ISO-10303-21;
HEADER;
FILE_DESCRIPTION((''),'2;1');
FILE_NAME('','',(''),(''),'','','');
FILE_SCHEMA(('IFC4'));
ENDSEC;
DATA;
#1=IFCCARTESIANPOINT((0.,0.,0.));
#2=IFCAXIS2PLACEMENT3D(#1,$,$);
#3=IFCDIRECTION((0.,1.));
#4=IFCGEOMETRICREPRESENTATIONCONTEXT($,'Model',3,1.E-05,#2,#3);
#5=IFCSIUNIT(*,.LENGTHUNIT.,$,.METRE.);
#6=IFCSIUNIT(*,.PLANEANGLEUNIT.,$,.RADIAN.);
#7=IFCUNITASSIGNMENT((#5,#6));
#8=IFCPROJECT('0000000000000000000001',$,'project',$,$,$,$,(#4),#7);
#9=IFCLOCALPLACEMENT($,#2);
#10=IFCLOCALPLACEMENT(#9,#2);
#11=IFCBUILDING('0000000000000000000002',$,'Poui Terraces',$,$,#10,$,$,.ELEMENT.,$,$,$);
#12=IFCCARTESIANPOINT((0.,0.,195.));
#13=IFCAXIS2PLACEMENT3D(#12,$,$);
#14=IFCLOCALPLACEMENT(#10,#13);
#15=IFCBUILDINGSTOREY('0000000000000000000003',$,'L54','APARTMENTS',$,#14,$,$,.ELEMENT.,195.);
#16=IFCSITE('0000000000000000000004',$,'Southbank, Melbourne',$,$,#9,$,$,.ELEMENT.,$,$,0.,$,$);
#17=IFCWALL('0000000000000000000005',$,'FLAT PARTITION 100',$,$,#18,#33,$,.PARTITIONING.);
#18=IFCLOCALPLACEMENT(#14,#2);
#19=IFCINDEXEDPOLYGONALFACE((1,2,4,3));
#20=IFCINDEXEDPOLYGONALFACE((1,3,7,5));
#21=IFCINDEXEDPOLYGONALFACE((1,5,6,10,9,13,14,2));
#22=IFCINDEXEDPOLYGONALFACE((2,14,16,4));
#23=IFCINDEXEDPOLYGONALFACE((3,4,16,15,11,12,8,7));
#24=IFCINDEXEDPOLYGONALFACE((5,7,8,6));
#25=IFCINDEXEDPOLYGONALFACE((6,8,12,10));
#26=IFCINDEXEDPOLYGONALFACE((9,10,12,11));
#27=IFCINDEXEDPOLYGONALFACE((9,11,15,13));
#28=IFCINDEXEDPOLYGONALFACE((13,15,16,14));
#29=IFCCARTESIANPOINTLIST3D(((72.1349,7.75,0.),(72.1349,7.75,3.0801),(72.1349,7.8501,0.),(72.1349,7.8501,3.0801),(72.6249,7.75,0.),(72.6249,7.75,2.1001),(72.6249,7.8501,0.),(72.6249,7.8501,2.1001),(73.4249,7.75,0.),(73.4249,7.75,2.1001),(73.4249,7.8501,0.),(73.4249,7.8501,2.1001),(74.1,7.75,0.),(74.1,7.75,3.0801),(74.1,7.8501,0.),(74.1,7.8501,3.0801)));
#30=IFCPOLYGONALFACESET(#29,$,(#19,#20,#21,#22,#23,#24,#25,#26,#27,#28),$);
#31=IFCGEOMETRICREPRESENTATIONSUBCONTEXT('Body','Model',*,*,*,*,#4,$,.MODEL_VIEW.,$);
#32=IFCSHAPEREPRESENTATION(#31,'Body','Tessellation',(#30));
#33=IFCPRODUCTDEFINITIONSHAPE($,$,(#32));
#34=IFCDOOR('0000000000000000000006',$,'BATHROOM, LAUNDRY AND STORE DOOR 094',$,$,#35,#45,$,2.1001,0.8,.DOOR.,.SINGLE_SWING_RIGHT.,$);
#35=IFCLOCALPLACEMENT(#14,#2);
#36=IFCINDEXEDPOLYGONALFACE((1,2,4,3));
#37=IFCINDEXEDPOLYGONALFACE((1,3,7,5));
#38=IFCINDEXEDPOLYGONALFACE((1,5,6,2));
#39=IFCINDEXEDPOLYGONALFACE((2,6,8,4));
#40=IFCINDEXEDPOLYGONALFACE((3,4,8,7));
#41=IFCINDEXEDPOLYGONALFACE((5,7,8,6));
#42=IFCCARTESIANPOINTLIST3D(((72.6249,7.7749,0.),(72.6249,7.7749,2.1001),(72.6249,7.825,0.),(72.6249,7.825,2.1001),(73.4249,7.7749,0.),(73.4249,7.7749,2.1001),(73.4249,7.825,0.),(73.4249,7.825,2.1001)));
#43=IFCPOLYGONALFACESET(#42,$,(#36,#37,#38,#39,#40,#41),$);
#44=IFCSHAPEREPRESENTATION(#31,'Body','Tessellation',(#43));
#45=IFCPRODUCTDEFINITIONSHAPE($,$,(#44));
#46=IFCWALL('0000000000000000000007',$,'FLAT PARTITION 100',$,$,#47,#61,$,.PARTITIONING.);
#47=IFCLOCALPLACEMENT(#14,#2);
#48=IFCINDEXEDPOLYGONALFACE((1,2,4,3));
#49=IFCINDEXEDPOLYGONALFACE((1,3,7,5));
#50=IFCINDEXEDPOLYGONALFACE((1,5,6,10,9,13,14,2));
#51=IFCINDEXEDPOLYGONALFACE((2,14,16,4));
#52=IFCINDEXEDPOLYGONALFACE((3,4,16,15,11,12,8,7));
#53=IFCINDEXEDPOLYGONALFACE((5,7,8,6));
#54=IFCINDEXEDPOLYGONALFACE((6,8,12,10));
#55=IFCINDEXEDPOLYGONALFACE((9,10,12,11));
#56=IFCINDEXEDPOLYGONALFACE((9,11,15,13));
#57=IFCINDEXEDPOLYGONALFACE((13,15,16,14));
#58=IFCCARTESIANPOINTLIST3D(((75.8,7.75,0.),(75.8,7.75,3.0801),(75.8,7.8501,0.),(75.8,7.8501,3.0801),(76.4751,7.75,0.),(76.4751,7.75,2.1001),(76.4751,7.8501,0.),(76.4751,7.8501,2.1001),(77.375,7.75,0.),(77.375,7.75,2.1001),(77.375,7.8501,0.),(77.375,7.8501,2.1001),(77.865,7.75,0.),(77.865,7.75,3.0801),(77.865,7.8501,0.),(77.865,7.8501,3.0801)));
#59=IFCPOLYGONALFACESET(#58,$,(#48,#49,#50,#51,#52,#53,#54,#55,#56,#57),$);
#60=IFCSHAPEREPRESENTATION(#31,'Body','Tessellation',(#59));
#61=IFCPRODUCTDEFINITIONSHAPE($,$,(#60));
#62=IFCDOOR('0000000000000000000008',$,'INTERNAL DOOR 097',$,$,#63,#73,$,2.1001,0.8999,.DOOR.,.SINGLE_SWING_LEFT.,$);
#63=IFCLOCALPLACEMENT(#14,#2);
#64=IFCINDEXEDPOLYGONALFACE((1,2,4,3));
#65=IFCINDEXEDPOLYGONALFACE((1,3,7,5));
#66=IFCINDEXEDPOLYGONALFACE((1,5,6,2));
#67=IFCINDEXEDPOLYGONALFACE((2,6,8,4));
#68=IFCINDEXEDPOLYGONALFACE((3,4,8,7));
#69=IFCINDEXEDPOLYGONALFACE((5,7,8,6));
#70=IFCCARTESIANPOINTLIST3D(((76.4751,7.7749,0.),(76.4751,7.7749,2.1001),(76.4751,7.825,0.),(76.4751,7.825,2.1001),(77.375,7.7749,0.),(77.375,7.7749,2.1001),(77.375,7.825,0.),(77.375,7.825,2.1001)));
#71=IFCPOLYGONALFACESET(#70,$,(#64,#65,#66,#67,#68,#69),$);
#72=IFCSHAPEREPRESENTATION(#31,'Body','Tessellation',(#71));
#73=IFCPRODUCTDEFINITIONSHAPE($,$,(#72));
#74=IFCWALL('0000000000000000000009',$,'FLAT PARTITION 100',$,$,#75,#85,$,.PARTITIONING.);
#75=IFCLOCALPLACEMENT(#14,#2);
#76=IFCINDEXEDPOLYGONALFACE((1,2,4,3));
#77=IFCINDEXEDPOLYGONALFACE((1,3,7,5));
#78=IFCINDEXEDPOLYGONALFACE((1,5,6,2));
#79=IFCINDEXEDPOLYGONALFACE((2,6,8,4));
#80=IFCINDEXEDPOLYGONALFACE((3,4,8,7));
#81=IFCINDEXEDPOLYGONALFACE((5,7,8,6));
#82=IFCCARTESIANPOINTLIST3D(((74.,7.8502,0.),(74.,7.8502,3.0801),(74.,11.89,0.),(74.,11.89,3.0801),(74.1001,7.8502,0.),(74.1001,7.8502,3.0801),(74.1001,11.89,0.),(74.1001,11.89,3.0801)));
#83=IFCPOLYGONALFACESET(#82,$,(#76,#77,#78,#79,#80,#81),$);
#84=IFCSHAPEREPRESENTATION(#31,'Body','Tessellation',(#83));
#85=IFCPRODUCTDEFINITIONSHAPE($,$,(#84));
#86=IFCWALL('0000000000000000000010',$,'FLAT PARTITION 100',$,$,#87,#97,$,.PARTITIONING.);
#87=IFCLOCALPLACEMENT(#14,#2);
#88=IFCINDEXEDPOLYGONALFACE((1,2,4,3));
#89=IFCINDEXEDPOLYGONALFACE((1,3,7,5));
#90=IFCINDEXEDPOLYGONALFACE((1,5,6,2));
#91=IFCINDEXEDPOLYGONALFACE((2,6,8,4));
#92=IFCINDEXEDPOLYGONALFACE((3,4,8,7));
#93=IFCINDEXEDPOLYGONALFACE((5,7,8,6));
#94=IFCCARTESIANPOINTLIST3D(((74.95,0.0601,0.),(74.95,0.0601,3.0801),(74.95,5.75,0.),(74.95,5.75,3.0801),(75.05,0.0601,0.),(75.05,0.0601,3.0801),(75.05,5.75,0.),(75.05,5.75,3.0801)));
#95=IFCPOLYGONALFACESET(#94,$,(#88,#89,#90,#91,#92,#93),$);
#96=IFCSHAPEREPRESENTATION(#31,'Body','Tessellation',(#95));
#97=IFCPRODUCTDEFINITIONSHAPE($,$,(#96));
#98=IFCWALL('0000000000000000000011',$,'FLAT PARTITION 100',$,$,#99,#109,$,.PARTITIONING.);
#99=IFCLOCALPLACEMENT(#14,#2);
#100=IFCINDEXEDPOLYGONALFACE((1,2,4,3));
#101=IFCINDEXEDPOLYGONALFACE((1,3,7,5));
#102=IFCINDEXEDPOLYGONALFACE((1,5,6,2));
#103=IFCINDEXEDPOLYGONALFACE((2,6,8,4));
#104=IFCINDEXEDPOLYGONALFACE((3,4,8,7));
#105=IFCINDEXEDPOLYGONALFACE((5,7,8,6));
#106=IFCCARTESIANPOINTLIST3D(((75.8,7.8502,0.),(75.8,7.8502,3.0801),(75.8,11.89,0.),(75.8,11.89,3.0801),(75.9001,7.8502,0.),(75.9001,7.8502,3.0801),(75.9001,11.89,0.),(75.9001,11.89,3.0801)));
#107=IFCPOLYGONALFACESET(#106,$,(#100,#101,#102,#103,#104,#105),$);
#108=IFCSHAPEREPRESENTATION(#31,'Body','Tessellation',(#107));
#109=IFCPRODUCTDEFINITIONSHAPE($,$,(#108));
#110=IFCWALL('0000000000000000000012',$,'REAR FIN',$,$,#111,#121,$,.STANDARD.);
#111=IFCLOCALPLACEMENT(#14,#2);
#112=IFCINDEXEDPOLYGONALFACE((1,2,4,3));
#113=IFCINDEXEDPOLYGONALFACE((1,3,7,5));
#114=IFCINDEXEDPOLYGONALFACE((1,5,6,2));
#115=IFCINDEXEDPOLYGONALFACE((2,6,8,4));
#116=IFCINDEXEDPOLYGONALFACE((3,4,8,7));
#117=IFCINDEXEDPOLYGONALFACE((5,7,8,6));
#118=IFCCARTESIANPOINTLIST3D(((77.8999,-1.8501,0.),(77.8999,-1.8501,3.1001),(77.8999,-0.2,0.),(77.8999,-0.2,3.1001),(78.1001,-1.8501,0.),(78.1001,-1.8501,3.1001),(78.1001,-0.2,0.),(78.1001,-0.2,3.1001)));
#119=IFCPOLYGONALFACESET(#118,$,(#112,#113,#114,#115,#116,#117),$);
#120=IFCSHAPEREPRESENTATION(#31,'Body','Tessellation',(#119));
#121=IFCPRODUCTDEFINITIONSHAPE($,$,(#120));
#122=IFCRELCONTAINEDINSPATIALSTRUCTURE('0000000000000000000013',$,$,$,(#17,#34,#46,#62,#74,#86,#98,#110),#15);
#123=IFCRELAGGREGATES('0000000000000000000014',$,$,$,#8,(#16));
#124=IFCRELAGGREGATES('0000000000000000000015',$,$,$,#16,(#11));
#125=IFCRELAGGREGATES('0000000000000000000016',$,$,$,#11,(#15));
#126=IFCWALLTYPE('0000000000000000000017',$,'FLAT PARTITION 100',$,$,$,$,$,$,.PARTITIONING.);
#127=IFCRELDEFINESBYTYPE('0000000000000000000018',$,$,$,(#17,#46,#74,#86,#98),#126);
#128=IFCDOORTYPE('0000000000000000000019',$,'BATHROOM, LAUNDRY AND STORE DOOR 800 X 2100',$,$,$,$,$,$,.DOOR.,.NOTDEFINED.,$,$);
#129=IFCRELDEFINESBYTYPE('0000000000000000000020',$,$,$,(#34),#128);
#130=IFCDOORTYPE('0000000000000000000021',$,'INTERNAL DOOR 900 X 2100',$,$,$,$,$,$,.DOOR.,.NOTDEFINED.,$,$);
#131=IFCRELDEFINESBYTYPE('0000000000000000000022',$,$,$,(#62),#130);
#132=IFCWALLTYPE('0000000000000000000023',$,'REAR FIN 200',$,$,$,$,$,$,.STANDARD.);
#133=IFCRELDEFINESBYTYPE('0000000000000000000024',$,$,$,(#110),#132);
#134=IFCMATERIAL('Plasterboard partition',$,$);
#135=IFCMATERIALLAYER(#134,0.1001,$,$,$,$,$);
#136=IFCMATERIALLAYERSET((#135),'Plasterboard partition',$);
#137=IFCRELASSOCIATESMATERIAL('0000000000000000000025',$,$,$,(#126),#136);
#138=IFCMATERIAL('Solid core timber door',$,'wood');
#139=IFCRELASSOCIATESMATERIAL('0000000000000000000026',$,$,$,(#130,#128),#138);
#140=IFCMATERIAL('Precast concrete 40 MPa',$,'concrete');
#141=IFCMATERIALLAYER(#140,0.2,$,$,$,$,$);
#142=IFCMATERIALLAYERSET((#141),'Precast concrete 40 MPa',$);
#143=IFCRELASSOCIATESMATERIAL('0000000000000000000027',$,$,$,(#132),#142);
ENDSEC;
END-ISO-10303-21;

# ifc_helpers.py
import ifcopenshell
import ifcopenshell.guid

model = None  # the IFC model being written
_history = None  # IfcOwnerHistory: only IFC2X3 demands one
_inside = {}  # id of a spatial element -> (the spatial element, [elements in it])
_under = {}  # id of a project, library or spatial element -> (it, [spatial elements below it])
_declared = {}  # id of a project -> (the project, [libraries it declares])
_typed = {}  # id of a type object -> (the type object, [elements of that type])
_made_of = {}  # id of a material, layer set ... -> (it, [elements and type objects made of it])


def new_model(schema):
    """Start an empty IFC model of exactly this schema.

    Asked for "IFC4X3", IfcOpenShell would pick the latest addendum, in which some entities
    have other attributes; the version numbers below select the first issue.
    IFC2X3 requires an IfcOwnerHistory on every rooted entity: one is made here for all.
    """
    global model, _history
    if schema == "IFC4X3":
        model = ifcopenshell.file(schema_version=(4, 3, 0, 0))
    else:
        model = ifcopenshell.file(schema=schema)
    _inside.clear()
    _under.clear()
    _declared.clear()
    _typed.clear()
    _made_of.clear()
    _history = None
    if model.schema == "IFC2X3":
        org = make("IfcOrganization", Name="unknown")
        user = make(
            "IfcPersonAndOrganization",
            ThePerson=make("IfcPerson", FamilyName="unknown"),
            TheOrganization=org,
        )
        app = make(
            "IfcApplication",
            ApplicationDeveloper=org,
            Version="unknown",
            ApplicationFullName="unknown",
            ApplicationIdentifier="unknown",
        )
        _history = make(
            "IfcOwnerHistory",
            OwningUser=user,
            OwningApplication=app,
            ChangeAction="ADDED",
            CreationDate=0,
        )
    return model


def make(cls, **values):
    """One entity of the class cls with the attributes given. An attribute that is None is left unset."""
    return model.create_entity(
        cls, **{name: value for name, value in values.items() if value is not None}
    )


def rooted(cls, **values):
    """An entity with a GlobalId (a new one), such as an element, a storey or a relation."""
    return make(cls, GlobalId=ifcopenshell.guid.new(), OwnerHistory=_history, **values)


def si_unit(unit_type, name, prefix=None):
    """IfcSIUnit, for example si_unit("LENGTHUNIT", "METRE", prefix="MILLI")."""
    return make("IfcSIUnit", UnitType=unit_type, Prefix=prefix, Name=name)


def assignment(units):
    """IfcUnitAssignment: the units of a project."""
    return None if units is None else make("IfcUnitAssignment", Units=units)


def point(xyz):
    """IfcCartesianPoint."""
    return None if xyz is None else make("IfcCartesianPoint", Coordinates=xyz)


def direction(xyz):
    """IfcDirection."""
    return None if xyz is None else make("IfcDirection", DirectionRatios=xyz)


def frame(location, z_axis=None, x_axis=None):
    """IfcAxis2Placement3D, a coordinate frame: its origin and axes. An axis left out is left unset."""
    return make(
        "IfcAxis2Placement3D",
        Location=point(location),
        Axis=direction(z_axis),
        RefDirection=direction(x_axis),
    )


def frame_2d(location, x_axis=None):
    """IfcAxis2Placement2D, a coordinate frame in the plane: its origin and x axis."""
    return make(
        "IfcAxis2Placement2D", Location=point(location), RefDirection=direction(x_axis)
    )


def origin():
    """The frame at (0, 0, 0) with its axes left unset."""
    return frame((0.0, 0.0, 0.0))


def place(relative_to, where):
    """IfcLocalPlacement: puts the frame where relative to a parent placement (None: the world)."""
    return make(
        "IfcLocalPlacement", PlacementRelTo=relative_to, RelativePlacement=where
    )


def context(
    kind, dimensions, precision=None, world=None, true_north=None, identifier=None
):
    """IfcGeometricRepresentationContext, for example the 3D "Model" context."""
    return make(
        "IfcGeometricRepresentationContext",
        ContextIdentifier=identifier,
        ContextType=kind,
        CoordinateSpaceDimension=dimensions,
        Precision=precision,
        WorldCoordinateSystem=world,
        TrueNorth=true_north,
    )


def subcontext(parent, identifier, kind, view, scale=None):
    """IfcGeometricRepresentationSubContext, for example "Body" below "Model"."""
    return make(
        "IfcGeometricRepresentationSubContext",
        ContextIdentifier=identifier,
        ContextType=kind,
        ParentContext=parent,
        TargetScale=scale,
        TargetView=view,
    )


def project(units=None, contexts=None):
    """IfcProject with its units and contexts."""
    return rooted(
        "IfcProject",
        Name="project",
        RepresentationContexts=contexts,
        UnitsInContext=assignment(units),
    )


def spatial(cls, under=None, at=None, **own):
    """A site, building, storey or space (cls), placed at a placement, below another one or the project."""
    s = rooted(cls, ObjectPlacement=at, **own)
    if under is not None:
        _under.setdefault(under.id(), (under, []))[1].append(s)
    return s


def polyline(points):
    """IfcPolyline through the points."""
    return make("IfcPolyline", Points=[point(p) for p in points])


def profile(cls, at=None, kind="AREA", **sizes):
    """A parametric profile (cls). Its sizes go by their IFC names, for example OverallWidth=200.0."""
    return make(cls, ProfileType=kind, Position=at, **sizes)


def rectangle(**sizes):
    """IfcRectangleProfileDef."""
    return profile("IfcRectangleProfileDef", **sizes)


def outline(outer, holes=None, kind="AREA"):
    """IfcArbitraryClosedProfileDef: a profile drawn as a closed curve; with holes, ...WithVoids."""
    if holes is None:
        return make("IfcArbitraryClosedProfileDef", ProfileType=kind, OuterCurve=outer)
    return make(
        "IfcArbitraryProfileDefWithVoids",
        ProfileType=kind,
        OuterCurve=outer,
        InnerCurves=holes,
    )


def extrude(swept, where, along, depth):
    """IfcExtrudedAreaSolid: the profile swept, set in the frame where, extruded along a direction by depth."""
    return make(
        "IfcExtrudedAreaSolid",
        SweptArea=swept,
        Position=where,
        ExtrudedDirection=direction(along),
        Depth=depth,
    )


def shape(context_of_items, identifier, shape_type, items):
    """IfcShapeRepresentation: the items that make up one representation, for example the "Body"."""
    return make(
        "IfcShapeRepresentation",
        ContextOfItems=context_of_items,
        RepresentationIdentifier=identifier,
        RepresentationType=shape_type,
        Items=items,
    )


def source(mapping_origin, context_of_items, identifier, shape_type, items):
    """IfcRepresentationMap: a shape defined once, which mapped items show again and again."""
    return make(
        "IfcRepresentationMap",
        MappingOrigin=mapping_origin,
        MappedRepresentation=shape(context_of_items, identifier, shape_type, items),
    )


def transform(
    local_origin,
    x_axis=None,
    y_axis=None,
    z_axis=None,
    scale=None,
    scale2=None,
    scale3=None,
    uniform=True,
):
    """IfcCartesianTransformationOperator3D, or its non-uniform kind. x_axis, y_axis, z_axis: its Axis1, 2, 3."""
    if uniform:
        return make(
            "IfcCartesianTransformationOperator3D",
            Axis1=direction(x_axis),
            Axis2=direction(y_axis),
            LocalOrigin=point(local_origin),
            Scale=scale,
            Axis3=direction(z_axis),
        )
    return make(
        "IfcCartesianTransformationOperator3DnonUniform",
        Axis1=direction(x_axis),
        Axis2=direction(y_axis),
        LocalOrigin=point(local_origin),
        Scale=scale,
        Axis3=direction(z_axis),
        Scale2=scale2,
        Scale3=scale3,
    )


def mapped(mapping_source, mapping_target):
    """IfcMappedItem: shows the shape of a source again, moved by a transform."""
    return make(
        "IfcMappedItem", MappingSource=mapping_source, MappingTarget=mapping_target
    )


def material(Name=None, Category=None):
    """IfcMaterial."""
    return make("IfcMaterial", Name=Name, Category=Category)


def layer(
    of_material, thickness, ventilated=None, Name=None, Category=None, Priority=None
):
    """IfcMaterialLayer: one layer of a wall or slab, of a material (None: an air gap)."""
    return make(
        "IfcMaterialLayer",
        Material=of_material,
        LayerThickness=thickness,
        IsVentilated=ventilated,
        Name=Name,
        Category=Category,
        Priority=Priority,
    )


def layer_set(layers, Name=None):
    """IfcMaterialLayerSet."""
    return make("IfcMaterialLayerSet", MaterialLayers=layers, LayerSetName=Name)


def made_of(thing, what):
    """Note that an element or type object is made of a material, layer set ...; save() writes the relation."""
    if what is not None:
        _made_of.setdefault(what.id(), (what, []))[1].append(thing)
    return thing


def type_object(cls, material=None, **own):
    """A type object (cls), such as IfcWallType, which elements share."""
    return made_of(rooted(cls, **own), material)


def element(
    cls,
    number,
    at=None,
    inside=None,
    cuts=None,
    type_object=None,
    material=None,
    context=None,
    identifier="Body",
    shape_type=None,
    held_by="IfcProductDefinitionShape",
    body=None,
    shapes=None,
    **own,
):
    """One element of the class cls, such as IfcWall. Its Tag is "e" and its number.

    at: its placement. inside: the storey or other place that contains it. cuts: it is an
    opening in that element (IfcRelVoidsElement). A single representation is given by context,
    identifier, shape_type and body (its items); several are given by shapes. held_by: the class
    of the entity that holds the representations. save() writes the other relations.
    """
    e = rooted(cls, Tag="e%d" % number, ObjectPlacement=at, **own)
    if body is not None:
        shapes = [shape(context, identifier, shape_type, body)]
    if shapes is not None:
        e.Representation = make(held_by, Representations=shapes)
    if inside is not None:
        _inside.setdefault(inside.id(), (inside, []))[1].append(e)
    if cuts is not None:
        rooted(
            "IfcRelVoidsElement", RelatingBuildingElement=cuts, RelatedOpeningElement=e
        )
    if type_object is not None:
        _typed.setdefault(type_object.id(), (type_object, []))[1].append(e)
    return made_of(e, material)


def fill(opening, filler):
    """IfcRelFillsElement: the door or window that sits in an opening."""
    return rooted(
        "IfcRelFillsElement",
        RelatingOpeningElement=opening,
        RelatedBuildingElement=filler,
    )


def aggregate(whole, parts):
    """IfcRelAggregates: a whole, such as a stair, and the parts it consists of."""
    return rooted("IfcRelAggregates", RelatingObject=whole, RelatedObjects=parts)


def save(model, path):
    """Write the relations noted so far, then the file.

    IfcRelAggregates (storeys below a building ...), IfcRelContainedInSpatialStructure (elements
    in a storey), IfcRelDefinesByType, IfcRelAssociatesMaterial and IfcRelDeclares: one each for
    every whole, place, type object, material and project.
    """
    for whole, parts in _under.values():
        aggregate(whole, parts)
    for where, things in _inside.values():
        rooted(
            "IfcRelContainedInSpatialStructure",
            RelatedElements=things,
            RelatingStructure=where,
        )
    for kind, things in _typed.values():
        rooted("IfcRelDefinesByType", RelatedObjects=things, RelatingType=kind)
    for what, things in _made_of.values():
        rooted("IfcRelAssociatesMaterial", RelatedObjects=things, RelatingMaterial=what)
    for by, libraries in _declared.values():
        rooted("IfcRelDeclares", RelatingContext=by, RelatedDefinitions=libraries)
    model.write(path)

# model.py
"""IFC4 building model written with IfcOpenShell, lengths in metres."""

from ifc_helpers import new_model, si_unit, direction, frame, frame_2d, origin, place, context, subcontext, project, spatial, polyline, rectangle, outline, extrude, source, transform, mapped, material, layer, layer_set, type_object, element, fill, save


model = new_model("IFC4")

# Units and contexts
model_context = context("Model", 3, precision=1e-05, world=origin(), true_north=direction((0.0, 1.0)))
body_context = subcontext(model_context, "Body", "Model", "MODEL_VIEW")
ifc_project = project(units=[si_unit("LENGTHUNIT", "METRE"), si_unit("PLANEANGLEUNIT", "RADIAN")], contexts=[model_context])

# Site, building, storey
site_placement = place(None, origin())
site = spatial("IfcSite", under=ifc_project, at=site_placement, Name="Southbank, Melbourne", CompositionType="ELEMENT", RefElevation=0.0)
building_placement = place(site_placement, origin())
building = spatial("IfcBuilding", under=site, at=building_placement, Name="Poui Terraces", CompositionType="ELEMENT")
storey_placement = place(building_placement, frame((0.0, 0.0, 195.0)))
storey = spatial("IfcBuildingStorey", under=building, at=storey_placement, Name="L54", Description="APARTMENTS", CompositionType="ELEMENT", Elevation=195.0)

# Walls, openings, doors
ifc_material_1 = material(Name="Plasterboard partition")
ifc_layer_1 = layer(ifc_material_1, 0.1001)
ifc_layer_set_1 = layer_set([ifc_layer_1], Name="Plasterboard partition")
wall_type_1 = type_object("IfcWallType", Name="FLAT PARTITION 100", PredefinedType="PARTITIONING", material=ifc_layer_set_1)
ifc_material_2 = material(Name="Solid core timber door", Category="wood")
door_type_1 = type_object("IfcDoorType", Name="INTERNAL DOOR 900 X 2100", OperationType="NOTDEFINED", PredefinedType="DOOR", material=ifc_material_2)
wall_1_placement = place(storey_placement, frame((72.135, 7.8, 0.0), z_axis=(0.0, 0.0, 1.0), x_axis=(1.0, 0.0, 0.0)))
wall_1 = element("IfcWall", 1, at=wall_1_placement, inside=storey, type_object=wall_type_1, Name="FLAT PARTITION 100", PredefinedType="PARTITIONING", context=body_context, shape_type="SweptSolid", body=[
    extrude(rectangle(XDim=1.9651, YDim=0.1001, at=frame_2d((0.9824, 0.0))), origin(), (0.0, 0.0, 1.0), 3.0801),
])
opening_1_placement = place(wall_1_placement, frame((0.49, 0.0, 0.0)))
opening_1 = element("IfcOpeningElement", 2, at=opening_1_placement, cuts=wall_1, PredefinedType="OPENING", context=body_context, shape_type="SweptSolid", body=[
    extrude(rectangle(XDim=0.8, YDim=2.1001, at=frame_2d((0.3999, 1.05))), frame((0.0, 0.0601, 0.0), z_axis=(0.0, -1.0, 0.0), x_axis=(1.0, 0.0, 0.0)), (0.0, 0.0, 1.0), 0.1201),
])
door_type_2 = type_object("IfcDoorType", Name="BATHROOM, LAUNDRY AND STORE DOOR 800 X 2100", OperationType="NOTDEFINED", PredefinedType="DOOR", material=ifc_material_2)
door_1_placement = place(opening_1_placement, origin())
door_1 = element("IfcDoor", 3, at=door_1_placement, inside=storey, type_object=door_type_2, Name="BATHROOM, LAUNDRY AND STORE DOOR 094", OperationType="SINGLE_SWING_RIGHT", OverallHeight=2.1001, OverallWidth=0.8, PredefinedType="DOOR", context=body_context, shape_type="SweptSolid", body=[
    extrude(rectangle(XDim=0.8, YDim=2.1001, at=frame_2d((0.3999, 1.05))), frame((0.0, 0.0249, 0.0), z_axis=(0.0, -1.0, 0.0), x_axis=(1.0, 0.0, 0.0)), (0.0, 0.0, 1.0), 0.05),
])
fill(opening_1, door_1)
wall_2_placement = place(storey_placement, frame((75.8, 7.8, 0.0), z_axis=(0.0, 0.0, 1.0), x_axis=(1.0, 0.0, 0.0)))
wall_2 = element("IfcWall", 4, at=wall_2_placement, inside=storey, type_object=wall_type_1, Name="FLAT PARTITION 100", PredefinedType="PARTITIONING", context=body_context, shape_type="SweptSolid", body=[
    extrude(rectangle(XDim=2.0649, YDim=0.1001, at=frame_2d((1.0325, 0.0))), origin(), (0.0, 0.0, 1.0), 3.0801),
])
opening_2_placement = place(wall_2_placement, frame((0.675, 0.0, 0.0)))
opening_2 = element("IfcOpeningElement", 5, at=opening_2_placement, cuts=wall_2, PredefinedType="OPENING", context=body_context, shape_type="SweptSolid", body=[
    extrude(rectangle(XDim=0.8999, YDim=2.1001, at=frame_2d((0.45, 1.05))), frame((0.0, 0.0601, 0.0), z_axis=(0.0, -1.0, 0.0), x_axis=(1.0, 0.0, 0.0)), (0.0, 0.0, 1.0), 0.1201),
])
door_2_placement = place(opening_2_placement, origin())
door_2 = element("IfcDoor", 6, at=door_2_placement, inside=storey, type_object=door_type_1, Name="INTERNAL DOOR 097", OperationType="SINGLE_SWING_LEFT", OverallHeight=2.1001, OverallWidth=0.8999, PredefinedType="DOOR", context=body_context, shape_type="SweptSolid", body=[
    extrude(rectangle(XDim=0.8999, YDim=2.1001, at=frame_2d((0.45, 1.05))), frame((0.0, 0.0249, 0.0), z_axis=(0.0, -1.0, 0.0), x_axis=(1.0, 0.0, 0.0)), (0.0, 0.0, 1.0), 0.05),
])
fill(opening_2, door_2)

# Walls
wall_3_placement = place(storey_placement, frame((74.05, 7.8501, 0.0), z_axis=(0.0, 0.0, 1.0), x_axis=(0.0, 1.0, 0.0)))
element("IfcWall", 7, at=wall_3_placement, inside=storey, type_object=wall_type_1, Name="FLAT PARTITION 100", PredefinedType="PARTITIONING", context=body_context, shape_type="SweptSolid", body=[
    extrude(rectangle(XDim=4.0398, YDim=0.1001, at=frame_2d((2.02, 0.0))), origin(), (0.0, 0.0, 1.0), 3.0801),
])
wall_4_placement = place(storey_placement, frame((75.0, 0.0601, 0.0), z_axis=(0.0, 0.0, 1.0), x_axis=(0.0, 1.0, 0.0)))
element("IfcWall", 8, at=wall_4_placement, inside=storey, type_object=wall_type_1, Name="FLAT PARTITION 100", PredefinedType="PARTITIONING", context=body_context, shape_type="SweptSolid", body=[
    extrude(rectangle(XDim=5.6899, YDim=0.1001, at=frame_2d((2.845, 0.0))), origin(), (0.0, 0.0, 1.0), 3.0801),
])
wall_5_placement = place(storey_placement, frame((75.8501, 7.8501, 0.0), z_axis=(0.0, 0.0, 1.0), x_axis=(0.0, 1.0, 0.0)))
element("IfcWall", 9, at=wall_5_placement, inside=storey, type_object=wall_type_1, Name="FLAT PARTITION 100", PredefinedType="PARTITIONING", context=body_context, shape_type="SweptSolid", body=[
    extrude(rectangle(XDim=4.0398, YDim=0.1001, at=frame_2d((2.02, 0.0))), origin(), (0.0, 0.0, 1.0), 3.0801),
])
ifc_material_3 = material(Name="Precast concrete 40 MPa", Category="concrete")
ifc_layer_2 = layer(ifc_material_3, 0.2)
ifc_layer_set_2 = layer_set([ifc_layer_2], Name="Precast concrete 40 MPa")
wall_type_2 = type_object("IfcWallType", Name="REAR FIN 200", PredefinedType="STANDARD", material=ifc_layer_set_2)
shared_shape_1 = source(origin(), body_context, "Body", "SweptSolid", [
    extrude(outline(polyline([(0.0, 0.0), (0.2002, 0.0), (0.2002, 1.6501), (0.0, 1.6501), (0.0, 0.0)])), origin(), (0.0, 0.0, 1.0), 3.1001),
])
wall_6_placement = place(storey_placement, frame((77.8999, -1.8501, 0.0)))
element("IfcWall", 10, at=wall_6_placement, inside=storey, type_object=wall_type_2, Name="REAR FIN", PredefinedType="STANDARD", context=body_context, shape_type="MappedRepresentation", body=[
    mapped(shared_shape_1, transform((0.0, 0.0, 0.0))),
])

save(model, "model.ifc")
